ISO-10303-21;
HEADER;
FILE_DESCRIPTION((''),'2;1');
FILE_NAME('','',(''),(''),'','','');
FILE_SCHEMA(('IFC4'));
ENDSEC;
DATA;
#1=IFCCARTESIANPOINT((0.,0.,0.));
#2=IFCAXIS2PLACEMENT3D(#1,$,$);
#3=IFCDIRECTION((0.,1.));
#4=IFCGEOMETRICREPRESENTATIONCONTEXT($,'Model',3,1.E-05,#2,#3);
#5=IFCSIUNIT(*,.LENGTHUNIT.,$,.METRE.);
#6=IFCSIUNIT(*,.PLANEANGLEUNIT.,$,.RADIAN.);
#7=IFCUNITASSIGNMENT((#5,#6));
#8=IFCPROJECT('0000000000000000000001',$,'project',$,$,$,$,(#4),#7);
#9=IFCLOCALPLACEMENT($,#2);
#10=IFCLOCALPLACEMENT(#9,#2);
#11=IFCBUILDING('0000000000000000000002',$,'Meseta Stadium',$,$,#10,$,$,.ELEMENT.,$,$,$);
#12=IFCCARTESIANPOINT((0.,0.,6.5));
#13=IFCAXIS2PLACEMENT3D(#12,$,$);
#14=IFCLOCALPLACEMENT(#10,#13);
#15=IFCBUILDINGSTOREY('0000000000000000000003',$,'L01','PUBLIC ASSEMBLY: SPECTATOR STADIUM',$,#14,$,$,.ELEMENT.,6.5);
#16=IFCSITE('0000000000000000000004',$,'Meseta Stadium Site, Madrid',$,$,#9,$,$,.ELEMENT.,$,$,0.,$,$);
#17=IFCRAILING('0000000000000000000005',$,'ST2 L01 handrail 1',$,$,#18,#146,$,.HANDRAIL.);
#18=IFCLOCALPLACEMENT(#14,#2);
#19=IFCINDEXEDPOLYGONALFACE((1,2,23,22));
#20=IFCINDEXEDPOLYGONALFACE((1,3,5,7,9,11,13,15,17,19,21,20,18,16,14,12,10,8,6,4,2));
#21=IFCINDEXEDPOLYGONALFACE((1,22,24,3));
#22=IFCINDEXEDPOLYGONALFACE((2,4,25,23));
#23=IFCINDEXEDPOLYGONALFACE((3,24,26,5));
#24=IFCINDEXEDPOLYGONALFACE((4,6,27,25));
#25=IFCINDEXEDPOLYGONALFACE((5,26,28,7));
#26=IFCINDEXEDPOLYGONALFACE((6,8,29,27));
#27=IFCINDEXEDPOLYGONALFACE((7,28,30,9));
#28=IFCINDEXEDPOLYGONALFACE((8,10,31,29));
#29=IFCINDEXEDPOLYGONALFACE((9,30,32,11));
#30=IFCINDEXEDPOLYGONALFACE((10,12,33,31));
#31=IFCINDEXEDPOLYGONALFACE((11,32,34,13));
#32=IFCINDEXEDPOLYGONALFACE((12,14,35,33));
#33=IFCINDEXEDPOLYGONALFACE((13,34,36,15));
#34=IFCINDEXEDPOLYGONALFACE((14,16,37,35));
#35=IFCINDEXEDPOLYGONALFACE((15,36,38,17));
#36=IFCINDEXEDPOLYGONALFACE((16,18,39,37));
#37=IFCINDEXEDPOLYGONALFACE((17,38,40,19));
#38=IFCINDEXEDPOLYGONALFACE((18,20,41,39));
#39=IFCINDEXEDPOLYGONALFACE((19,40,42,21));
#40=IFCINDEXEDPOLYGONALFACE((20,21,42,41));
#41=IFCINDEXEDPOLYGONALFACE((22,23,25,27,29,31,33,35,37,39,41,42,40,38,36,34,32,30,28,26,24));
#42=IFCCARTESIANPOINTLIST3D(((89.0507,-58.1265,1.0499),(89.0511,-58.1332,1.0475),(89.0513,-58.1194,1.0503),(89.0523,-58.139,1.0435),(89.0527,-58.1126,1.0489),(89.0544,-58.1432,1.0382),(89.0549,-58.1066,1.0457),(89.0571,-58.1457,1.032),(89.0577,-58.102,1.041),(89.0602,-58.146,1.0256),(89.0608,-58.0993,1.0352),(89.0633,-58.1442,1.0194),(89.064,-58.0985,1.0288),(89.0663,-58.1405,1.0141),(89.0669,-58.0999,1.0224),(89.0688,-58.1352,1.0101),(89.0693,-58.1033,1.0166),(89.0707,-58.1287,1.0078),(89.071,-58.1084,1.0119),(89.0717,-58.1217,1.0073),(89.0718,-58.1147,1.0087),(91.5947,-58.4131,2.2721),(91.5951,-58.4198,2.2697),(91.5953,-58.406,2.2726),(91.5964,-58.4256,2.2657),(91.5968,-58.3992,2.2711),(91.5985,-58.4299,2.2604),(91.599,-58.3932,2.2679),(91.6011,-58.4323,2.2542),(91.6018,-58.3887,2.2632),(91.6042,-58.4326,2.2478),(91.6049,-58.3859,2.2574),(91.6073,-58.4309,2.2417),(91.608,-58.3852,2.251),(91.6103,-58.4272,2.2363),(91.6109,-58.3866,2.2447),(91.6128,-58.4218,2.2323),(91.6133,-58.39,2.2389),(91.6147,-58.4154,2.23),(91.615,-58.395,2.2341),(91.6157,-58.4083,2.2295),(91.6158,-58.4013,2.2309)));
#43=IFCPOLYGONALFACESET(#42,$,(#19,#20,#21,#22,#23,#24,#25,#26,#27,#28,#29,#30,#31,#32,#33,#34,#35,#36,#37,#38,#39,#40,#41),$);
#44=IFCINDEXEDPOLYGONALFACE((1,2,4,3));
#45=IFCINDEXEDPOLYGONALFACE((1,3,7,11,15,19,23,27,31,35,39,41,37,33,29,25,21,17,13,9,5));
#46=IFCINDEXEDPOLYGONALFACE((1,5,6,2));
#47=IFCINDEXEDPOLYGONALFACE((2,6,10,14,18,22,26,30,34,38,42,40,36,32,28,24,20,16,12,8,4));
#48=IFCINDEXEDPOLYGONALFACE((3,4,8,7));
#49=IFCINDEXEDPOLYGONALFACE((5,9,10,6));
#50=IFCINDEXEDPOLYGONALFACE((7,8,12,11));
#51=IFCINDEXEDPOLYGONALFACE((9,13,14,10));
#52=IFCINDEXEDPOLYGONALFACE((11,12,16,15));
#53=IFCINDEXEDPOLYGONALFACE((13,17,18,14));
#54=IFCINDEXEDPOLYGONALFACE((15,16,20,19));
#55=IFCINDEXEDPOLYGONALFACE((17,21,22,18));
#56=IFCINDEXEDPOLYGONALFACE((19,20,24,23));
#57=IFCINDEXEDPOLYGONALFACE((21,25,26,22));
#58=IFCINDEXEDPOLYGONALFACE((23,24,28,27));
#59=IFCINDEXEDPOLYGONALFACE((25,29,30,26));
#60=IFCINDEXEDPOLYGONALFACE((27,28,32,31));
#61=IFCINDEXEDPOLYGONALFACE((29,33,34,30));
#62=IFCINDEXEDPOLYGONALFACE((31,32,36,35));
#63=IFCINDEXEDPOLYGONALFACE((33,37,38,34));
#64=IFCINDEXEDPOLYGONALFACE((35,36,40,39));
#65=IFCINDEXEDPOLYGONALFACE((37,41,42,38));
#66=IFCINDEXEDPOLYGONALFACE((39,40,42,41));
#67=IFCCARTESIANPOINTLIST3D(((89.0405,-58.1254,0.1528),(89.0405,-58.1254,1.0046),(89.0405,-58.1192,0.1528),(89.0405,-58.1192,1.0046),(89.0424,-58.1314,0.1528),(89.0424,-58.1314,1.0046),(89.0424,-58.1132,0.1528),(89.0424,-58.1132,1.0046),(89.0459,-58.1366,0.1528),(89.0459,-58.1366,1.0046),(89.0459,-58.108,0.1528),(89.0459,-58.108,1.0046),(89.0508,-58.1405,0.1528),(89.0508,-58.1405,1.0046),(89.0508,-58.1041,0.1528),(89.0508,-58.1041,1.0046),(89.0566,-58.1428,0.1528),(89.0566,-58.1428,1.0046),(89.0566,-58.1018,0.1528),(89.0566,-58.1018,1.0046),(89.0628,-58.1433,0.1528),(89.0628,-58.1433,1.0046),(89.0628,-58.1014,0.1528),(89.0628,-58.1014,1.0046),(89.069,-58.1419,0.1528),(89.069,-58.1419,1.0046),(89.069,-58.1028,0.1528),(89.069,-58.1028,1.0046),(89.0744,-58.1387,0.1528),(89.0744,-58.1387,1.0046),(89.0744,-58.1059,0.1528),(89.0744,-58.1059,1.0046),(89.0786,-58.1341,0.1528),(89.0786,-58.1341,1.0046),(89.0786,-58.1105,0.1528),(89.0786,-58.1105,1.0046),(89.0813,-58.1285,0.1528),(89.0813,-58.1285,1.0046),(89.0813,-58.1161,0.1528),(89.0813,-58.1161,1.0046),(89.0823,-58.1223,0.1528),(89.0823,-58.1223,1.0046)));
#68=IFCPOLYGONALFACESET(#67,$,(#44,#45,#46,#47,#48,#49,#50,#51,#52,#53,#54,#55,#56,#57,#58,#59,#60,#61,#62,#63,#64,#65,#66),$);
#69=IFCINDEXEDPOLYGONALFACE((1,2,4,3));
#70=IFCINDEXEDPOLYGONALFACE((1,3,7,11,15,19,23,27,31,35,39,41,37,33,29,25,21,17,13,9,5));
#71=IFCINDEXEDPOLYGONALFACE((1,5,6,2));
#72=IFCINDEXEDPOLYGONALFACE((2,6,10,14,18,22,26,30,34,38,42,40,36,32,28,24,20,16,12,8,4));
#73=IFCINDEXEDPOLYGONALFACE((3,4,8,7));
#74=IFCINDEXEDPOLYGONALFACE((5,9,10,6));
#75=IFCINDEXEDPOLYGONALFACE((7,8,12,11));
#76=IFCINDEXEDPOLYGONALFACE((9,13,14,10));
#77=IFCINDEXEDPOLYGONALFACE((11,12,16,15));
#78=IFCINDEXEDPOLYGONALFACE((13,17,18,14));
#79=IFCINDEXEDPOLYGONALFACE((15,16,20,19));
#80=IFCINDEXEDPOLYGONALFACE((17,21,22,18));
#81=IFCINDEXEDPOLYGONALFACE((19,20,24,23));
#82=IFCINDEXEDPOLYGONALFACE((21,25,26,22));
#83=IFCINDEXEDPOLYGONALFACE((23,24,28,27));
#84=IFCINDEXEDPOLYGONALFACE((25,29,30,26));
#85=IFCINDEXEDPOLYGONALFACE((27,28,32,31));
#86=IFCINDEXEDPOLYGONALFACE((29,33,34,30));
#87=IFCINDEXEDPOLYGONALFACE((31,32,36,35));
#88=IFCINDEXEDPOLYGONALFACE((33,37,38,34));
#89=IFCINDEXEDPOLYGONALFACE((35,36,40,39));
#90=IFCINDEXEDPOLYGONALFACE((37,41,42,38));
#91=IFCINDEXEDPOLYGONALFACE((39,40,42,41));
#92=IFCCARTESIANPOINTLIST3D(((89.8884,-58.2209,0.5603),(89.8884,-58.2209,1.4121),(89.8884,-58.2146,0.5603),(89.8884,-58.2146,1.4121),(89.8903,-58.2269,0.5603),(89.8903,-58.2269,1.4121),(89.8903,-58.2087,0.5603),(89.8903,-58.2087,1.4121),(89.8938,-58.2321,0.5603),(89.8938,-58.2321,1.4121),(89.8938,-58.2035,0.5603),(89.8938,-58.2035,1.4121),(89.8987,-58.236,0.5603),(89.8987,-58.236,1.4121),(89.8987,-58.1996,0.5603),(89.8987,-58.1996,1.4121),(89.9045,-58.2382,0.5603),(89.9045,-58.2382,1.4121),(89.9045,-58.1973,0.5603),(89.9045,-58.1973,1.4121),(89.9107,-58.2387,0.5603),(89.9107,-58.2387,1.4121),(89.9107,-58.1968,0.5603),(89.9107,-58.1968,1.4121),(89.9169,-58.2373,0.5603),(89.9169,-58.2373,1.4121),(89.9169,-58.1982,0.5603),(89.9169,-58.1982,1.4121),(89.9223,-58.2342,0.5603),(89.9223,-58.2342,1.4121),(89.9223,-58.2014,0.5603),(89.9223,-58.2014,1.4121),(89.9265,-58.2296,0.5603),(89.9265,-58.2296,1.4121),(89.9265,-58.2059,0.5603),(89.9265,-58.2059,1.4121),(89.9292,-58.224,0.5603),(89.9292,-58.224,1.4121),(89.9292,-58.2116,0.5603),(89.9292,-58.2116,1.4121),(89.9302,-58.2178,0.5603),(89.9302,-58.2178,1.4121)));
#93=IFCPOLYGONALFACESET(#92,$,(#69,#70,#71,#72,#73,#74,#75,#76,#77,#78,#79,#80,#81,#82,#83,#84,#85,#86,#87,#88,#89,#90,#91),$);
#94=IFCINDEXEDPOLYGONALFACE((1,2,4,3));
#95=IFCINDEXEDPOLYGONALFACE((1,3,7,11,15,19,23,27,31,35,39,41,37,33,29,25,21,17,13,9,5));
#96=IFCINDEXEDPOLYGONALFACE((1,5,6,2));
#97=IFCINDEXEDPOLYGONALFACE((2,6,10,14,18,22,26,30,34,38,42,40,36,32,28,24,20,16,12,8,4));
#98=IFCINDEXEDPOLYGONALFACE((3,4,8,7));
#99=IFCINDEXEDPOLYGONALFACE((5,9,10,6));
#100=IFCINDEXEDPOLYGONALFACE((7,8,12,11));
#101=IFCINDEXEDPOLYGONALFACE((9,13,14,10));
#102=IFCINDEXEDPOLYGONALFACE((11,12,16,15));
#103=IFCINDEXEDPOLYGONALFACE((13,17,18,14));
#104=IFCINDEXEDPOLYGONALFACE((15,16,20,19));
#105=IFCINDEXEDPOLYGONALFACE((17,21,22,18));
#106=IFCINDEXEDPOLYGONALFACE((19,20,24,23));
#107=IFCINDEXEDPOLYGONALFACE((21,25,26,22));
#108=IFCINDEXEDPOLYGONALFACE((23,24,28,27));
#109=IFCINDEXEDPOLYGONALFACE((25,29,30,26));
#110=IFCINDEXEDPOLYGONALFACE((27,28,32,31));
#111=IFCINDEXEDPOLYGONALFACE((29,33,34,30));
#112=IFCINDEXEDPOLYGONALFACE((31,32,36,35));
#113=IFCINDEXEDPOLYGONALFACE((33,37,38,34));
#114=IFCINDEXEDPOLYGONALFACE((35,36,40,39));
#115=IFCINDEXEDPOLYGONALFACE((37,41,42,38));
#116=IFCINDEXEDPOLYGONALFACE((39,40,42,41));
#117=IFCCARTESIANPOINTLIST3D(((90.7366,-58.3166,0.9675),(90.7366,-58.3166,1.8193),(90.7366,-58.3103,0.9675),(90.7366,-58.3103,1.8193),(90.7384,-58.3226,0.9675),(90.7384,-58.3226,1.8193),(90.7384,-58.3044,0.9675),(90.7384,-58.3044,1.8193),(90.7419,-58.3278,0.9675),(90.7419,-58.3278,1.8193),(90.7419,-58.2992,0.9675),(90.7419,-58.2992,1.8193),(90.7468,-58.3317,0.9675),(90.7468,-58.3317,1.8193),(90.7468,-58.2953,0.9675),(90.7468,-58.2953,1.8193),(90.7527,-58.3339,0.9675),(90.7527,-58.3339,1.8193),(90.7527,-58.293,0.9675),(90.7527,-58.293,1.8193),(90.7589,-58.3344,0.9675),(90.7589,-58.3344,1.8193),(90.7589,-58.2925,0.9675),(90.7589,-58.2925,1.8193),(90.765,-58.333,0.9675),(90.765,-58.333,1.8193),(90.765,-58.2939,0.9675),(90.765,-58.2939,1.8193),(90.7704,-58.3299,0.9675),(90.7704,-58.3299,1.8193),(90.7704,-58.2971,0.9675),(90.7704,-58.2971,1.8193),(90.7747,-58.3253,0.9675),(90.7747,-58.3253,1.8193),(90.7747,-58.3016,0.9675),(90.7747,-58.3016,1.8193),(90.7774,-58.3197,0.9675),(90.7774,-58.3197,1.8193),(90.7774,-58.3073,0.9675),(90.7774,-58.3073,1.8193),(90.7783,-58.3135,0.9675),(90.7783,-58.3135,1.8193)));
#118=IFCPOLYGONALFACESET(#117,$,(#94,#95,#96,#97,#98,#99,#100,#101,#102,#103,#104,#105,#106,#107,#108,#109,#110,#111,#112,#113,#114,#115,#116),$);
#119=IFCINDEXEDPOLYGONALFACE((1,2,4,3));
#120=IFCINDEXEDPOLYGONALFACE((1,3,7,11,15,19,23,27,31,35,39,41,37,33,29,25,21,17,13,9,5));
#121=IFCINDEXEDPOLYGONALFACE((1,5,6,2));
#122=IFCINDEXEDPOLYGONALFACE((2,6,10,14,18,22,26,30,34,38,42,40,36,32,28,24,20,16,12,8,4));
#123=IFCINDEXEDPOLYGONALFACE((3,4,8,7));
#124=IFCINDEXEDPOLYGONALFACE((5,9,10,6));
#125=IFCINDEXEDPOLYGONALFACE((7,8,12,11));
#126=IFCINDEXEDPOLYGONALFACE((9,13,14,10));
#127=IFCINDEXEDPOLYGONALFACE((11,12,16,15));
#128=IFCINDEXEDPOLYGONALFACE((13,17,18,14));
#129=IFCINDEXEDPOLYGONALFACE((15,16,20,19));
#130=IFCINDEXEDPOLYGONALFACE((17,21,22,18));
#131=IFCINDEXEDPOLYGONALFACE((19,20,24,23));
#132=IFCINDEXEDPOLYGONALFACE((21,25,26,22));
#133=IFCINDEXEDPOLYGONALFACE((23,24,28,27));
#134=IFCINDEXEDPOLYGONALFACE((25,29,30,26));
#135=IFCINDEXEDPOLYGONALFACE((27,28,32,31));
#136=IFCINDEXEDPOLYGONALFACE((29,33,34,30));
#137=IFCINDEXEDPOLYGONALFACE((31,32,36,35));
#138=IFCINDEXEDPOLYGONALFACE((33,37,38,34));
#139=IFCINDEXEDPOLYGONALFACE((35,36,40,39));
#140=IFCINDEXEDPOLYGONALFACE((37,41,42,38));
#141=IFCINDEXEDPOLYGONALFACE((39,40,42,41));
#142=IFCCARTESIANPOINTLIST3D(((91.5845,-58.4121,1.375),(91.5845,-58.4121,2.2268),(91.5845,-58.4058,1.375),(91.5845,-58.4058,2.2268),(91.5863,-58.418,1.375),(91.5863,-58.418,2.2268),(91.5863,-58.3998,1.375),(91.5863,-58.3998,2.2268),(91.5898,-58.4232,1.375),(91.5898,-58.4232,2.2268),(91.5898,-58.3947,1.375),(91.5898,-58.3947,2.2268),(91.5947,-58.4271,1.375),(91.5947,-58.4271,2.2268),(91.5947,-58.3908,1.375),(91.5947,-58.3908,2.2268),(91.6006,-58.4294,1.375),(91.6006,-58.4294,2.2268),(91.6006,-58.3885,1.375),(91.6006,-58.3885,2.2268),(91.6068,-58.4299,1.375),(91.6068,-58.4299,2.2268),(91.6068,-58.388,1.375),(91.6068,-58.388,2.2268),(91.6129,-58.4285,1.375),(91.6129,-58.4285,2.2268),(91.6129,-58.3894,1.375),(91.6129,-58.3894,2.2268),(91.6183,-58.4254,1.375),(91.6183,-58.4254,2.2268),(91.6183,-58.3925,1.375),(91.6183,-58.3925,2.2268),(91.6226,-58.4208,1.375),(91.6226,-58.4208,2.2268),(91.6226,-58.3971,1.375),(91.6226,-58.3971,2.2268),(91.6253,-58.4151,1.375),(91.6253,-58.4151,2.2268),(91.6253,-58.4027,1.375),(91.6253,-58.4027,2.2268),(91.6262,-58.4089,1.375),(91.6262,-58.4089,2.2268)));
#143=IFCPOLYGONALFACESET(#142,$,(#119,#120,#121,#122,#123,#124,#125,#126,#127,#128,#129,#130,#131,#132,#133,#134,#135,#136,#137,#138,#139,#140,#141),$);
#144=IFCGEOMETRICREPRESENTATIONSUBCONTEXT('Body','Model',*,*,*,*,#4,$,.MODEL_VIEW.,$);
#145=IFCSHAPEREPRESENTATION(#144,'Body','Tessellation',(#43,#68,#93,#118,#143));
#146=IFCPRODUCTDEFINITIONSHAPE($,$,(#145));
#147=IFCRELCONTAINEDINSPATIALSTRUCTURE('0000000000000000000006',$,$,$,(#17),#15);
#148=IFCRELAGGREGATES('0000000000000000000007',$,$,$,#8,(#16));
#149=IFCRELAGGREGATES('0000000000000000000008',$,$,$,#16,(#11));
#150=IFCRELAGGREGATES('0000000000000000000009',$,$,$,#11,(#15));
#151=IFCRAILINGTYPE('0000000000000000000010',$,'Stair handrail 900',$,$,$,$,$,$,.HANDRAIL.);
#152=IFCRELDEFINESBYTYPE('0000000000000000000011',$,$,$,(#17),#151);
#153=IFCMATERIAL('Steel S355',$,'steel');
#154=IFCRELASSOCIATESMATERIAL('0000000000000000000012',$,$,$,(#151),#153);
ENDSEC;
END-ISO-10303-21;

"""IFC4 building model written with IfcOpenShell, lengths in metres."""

from ifc_helpers import new_model, si_unit, direction, frame, origin, origin_2d, place, context, subcontext, project, spatial, circle, extrude, material, type_object, element, save


model = new_model("IFC4")

# Units and contexts
model_context = context("Model", 3, precision=1e-05, world=origin(), true_north=direction((0.0, 1.0)))
body_context = subcontext(model_context, "Body", "Model", "MODEL_VIEW")
ifc_project = project(units=[si_unit("LENGTHUNIT", "METRE"), si_unit("PLANEANGLEUNIT", "RADIAN")], contexts=[model_context])

# Site, building, storey
site_placement = place(None, origin())
site = spatial("IfcSite", under=ifc_project, at=site_placement, Name="Meseta Stadium Site, Madrid", CompositionType="ELEMENT", RefElevation=0.0)
building_placement = place(site_placement, origin())
building = spatial("IfcBuilding", under=site, at=building_placement, Name="Meseta Stadium", CompositionType="ELEMENT")
storey_placement = place(building_placement, frame((0.0, 0.0, 6.5)))
storey = spatial("IfcBuildingStorey", under=building, at=storey_placement, Name="L01", Description="PUBLIC ASSEMBLY: SPECTATOR STADIUM", CompositionType="ELEMENT", Elevation=6.5)

# Railing
ifc_material_1 = material(Name="Steel S355", Category="steel")
railing_type_1 = type_object("IfcRailingType", Name="Stair handrail 900", PredefinedType="HANDRAIL", material=ifc_material_1)
for number, where, name in (
    (1, (89.0613, -58.1223, 0.1528), "ST2 L01 handrail 1"),
):
    element("IfcRailing", number, at=place(storey_placement, frame(where)), inside=storey, type_object=railing_type_1, Name=name, PredefinedType="HANDRAIL", context=body_context, shape_type="SweptSolid", body=[
        extrude(circle(Radius=0.0239, at=origin_2d()), frame((0.0, 0.0, 0.876), z_axis=(0.896762, -0.101036, 0.430824), x_axis=(0.11196, 0.993713, 0.0)), (0.0, 0.0, 1.0), 2.8369),
        extrude(circle(Radius=0.021, at=origin_2d()), origin(), (0.0, 0.0, 1.0), 0.8518),
        extrude(circle(Radius=0.021, at=origin_2d()), frame((0.8479, -0.0955, 0.4075)), (0.0, 0.0, 1.0), 0.8518),
        extrude(circle(Radius=0.021, at=origin_2d()), frame((1.696, -0.1912, 0.8147)), (0.0, 0.0, 1.0), 0.8518),
        extrude(circle(Radius=0.021, at=origin_2d()), frame((2.5439, -0.2866, 1.2222)), (0.0, 0.0, 1.0), 0.8518),
    ])

save(model, "model.ifc")
